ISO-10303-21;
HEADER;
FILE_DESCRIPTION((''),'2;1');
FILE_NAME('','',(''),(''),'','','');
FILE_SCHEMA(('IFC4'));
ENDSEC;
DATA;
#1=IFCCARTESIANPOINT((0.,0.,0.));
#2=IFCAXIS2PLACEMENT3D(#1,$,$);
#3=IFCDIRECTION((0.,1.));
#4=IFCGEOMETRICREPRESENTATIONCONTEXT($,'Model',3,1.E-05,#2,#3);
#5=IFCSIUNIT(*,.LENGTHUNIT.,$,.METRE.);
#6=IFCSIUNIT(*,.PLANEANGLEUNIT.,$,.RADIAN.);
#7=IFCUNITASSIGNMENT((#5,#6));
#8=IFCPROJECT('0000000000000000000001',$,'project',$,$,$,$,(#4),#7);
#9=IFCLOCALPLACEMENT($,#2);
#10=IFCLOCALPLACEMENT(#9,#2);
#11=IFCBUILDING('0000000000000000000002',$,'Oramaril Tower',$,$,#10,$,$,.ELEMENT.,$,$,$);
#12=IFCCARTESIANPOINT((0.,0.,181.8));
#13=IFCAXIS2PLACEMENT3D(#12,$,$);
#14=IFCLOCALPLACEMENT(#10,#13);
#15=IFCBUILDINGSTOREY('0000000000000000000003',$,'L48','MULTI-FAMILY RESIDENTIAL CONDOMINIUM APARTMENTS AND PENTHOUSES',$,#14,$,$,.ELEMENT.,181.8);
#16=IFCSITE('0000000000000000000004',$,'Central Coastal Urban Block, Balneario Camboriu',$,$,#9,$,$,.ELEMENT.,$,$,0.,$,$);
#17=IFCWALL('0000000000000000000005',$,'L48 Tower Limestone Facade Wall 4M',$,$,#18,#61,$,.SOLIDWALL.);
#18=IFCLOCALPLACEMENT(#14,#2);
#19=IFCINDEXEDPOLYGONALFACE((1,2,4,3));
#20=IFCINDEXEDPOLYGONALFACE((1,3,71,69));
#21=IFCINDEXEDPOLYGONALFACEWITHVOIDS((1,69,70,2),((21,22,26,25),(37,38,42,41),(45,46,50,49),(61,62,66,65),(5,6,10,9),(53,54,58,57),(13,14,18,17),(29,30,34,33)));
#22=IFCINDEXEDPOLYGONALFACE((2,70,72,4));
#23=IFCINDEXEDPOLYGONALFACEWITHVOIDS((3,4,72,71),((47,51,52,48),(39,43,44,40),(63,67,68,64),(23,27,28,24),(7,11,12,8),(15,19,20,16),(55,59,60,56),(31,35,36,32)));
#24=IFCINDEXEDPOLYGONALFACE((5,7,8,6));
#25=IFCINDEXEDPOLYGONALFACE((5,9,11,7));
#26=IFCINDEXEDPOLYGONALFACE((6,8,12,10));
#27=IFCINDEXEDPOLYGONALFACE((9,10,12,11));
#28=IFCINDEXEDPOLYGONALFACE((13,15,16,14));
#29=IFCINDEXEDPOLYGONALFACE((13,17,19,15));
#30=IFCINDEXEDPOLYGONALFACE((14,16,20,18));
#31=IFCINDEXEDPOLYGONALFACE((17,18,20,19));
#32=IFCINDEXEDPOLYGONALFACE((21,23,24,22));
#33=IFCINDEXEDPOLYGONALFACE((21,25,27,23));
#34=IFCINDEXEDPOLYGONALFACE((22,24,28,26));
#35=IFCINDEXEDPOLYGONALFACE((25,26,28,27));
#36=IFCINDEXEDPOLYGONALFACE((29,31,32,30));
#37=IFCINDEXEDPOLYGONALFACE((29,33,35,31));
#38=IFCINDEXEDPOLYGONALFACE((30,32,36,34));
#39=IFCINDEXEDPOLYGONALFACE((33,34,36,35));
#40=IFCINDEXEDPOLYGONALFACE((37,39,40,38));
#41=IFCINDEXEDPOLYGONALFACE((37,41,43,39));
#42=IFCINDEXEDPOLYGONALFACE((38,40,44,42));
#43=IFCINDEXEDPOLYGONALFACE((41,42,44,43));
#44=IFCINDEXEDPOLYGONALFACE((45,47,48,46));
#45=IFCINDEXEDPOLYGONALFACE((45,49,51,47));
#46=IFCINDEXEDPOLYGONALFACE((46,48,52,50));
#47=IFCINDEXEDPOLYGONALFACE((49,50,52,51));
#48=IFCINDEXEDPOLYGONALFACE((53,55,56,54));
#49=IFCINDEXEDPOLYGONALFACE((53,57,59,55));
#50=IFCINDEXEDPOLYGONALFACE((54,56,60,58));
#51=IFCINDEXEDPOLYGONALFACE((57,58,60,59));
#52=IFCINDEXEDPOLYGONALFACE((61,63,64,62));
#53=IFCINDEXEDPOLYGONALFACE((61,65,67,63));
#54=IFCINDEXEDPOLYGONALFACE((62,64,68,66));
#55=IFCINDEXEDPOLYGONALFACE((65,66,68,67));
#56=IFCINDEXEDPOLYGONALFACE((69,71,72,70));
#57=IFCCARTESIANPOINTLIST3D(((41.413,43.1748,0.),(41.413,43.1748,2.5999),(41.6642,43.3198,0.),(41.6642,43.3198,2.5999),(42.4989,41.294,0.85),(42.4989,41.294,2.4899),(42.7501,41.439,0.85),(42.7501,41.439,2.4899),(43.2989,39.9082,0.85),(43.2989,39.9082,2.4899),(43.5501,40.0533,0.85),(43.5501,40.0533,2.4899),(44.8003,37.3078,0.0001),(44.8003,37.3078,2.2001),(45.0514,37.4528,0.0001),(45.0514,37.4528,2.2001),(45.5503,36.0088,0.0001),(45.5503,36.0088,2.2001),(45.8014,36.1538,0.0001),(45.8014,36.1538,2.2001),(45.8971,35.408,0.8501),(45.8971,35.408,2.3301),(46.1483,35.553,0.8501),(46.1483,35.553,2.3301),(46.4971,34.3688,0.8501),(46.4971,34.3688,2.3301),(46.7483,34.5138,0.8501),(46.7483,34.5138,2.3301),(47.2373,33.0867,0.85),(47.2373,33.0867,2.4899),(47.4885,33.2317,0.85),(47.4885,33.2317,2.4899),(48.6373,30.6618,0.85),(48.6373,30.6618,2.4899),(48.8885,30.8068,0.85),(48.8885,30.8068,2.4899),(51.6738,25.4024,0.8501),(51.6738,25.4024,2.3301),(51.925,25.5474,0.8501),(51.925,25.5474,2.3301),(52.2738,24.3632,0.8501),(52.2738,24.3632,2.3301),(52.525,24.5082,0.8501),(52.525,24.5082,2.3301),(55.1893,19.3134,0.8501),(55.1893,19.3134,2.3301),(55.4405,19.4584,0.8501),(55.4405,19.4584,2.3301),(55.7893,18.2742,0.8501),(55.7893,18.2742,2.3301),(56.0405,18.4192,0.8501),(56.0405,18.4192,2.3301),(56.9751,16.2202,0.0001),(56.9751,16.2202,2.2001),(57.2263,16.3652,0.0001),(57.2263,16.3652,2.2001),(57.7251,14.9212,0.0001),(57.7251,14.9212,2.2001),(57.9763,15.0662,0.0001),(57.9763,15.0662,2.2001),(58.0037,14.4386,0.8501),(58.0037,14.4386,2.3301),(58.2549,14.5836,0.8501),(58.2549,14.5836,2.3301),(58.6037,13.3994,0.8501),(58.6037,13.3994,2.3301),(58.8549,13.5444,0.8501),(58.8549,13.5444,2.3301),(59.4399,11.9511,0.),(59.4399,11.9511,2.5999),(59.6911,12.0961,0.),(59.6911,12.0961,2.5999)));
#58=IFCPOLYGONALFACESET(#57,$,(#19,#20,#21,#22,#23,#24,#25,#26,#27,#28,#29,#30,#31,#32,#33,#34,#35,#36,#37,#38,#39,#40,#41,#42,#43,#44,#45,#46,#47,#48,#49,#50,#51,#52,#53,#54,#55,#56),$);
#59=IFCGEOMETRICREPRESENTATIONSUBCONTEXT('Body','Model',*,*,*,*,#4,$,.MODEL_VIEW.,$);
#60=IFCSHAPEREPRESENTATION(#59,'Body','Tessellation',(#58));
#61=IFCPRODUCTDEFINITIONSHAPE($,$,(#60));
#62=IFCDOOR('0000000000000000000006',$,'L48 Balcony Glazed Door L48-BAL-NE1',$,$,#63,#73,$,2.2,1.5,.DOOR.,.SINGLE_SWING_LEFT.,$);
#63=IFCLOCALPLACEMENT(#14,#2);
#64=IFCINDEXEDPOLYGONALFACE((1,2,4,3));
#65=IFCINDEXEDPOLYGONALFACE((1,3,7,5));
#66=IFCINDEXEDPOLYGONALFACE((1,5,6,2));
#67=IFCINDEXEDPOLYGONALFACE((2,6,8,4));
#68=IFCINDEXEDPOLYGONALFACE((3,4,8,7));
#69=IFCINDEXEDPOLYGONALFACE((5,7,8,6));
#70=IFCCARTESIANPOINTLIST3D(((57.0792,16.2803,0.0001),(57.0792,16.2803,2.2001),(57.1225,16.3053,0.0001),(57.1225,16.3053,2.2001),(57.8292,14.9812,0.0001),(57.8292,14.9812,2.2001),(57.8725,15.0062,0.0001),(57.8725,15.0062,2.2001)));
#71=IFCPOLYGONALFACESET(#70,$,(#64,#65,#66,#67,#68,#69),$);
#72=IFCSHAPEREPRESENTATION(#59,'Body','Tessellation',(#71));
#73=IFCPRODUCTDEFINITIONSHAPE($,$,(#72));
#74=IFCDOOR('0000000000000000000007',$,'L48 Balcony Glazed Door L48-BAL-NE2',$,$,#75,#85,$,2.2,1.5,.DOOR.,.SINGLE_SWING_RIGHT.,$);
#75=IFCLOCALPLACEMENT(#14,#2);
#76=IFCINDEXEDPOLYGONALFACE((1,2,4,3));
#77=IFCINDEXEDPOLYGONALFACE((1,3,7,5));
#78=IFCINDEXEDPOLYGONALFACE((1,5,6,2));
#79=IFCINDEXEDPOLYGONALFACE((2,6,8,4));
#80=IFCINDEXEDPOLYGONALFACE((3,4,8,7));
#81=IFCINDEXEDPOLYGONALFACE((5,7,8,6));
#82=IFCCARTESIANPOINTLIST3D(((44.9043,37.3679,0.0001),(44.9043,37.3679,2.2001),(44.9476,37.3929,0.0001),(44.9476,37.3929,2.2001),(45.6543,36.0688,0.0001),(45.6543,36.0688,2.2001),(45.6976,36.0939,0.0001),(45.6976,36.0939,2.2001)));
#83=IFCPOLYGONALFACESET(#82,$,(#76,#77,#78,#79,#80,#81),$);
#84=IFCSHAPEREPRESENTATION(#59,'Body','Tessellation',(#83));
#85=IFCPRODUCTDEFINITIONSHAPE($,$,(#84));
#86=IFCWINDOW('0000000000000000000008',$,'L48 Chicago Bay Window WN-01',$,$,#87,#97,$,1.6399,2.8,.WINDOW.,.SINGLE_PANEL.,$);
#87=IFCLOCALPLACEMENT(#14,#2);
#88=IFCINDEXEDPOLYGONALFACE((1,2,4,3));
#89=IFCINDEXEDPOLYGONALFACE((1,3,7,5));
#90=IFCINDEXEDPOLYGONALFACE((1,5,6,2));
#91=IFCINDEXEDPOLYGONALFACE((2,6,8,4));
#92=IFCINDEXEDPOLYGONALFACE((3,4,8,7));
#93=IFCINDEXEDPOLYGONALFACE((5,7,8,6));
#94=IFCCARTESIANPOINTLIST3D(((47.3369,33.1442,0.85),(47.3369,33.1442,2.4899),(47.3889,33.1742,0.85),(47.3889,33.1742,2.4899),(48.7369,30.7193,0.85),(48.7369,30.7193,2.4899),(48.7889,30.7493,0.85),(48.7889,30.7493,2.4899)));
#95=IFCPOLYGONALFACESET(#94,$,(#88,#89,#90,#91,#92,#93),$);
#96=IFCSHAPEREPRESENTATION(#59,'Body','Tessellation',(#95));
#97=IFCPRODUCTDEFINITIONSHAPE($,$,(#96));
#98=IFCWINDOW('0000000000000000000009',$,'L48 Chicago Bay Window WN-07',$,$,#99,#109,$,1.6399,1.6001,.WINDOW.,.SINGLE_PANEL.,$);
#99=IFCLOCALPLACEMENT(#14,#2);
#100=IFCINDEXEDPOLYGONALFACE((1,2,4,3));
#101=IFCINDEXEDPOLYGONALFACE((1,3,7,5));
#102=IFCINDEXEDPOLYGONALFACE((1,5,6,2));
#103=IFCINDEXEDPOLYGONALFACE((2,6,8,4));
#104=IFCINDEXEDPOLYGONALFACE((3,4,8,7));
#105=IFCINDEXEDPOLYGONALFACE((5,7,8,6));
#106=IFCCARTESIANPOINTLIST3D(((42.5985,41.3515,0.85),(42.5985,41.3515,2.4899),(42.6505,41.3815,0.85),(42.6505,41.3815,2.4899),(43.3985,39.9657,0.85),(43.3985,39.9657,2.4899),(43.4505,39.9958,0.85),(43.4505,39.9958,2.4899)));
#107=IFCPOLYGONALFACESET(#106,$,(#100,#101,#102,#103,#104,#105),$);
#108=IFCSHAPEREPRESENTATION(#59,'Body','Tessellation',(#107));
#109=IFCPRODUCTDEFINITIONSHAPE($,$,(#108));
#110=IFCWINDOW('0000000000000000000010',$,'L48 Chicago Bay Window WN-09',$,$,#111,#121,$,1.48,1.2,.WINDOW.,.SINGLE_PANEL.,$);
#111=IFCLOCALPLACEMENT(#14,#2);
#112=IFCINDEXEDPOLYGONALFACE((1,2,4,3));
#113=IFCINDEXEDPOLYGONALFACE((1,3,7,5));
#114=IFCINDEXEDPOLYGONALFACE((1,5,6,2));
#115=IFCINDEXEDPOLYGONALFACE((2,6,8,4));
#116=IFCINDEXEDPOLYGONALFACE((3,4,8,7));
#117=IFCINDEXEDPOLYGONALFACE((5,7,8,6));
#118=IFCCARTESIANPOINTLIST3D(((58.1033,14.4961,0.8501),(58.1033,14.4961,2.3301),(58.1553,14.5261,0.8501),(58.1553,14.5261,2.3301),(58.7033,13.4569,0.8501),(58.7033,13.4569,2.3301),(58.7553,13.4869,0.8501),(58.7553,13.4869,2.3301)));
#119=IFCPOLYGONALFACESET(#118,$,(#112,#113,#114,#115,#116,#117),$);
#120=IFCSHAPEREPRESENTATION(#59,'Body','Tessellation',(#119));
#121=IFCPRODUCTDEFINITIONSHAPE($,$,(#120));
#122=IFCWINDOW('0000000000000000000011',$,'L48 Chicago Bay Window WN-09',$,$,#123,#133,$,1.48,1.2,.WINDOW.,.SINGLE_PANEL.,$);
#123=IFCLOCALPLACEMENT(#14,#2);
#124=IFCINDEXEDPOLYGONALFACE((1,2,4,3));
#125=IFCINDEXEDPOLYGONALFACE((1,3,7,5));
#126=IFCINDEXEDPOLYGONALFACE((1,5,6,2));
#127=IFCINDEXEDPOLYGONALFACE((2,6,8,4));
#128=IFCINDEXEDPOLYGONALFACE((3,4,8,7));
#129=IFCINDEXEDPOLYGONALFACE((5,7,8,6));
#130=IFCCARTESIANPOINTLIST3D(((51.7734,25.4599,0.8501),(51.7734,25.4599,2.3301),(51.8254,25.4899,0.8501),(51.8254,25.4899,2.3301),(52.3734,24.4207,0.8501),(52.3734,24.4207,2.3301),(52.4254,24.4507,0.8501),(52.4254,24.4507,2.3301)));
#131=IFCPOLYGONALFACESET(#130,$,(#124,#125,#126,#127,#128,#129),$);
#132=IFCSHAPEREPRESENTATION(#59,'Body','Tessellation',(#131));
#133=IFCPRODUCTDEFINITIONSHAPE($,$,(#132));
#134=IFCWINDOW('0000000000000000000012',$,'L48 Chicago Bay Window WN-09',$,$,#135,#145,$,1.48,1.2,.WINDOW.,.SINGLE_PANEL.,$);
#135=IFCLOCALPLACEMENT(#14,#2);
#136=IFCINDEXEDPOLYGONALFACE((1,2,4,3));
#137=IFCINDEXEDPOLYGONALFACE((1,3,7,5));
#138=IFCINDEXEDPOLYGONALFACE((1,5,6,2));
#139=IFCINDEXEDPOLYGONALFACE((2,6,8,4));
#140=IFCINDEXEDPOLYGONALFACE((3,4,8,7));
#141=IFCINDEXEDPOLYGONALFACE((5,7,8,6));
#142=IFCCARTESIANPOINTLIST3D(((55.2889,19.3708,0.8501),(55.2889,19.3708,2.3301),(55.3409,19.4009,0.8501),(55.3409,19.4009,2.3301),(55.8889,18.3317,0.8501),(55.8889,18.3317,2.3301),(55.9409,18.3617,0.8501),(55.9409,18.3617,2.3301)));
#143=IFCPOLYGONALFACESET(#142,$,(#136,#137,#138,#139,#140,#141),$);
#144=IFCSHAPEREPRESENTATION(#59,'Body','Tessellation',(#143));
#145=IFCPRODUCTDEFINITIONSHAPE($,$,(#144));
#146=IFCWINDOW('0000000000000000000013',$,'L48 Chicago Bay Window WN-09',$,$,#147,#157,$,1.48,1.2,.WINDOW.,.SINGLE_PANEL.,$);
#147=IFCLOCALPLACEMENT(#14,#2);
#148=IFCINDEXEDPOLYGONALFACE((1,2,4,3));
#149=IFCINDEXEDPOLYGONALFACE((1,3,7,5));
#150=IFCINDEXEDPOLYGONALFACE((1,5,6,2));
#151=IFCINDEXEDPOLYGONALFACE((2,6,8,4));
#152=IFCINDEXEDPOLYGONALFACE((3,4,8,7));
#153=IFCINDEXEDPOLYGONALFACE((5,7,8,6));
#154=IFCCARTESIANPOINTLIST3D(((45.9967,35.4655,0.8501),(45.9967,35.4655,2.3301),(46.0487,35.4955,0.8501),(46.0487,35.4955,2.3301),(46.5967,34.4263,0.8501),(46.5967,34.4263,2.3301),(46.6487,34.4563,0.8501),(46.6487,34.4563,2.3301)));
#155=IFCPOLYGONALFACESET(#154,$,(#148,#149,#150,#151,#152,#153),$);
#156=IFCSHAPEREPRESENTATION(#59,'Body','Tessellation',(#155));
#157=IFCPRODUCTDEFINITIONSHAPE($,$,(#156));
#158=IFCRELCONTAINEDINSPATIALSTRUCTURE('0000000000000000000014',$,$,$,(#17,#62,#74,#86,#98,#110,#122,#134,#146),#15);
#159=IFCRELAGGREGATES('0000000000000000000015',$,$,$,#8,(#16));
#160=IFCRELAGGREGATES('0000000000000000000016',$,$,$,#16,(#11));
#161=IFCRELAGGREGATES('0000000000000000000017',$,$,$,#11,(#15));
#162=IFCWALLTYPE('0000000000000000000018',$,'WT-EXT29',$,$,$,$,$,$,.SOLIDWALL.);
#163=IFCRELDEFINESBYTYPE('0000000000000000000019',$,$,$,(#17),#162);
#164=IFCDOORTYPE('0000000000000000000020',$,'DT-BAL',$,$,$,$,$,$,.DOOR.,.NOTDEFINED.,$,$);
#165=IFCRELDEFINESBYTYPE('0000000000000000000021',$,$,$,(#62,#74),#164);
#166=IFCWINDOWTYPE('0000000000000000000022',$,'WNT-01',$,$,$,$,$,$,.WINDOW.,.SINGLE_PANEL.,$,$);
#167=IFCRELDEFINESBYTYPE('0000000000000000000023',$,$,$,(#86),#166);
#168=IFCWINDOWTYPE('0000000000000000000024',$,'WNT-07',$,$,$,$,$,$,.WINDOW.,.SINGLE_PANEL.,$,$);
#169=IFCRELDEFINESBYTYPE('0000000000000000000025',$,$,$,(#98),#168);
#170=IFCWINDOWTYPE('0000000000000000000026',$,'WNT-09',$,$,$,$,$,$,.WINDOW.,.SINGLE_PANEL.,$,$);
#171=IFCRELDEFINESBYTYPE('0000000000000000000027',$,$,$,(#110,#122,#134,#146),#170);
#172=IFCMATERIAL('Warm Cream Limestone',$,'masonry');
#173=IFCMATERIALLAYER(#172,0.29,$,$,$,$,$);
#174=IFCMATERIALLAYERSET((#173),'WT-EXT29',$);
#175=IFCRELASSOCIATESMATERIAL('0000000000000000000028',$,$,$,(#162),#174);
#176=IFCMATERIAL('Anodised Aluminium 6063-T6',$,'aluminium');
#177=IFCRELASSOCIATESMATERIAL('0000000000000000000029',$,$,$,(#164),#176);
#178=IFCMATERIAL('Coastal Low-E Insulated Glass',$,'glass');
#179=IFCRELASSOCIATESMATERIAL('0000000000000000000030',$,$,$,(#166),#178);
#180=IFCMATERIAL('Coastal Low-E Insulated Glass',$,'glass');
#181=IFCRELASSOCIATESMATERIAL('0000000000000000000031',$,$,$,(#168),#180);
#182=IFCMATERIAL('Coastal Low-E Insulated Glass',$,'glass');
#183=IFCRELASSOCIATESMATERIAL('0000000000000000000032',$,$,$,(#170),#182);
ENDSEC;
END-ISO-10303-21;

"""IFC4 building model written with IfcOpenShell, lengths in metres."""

from ifc_helpers import new_model, si_unit, direction, frame, frame_2d, origin, place, context, subcontext, project, spatial, rectangle, extrude, material, layer, layer_set, type_object, element, fill, save


model = new_model("IFC4")

# Units and contexts
model_context = context("Model", 3, precision=1e-05, world=origin(), true_north=direction((0.0, 1.0)))
body_context = subcontext(model_context, "Body", "Model", "MODEL_VIEW")
ifc_project = project(units=[si_unit("LENGTHUNIT", "METRE"), si_unit("PLANEANGLEUNIT", "RADIAN")], contexts=[model_context])

# Site, building, storey
site_placement = place(None, origin())
site = spatial("IfcSite", under=ifc_project, at=site_placement, Name="Central Coastal Urban Block, Balneario Camboriu", CompositionType="ELEMENT", RefElevation=0.0)
building_placement = place(site_placement, origin())
building = spatial("IfcBuilding", under=site, at=building_placement, Name="Oramaril Tower", CompositionType="ELEMENT")
storey_placement = place(building_placement, frame((0.0, 0.0, 181.8)))
storey = spatial("IfcBuildingStorey", under=building, at=storey_placement, Name="L48", Description="MULTI-FAMILY RESIDENTIAL CONDOMINIUM APARTMENTS AND PENTHOUSES", CompositionType="ELEMENT", Elevation=181.8)

# Wall, openings, doors, windows
ifc_material_1 = material(Name="Warm Cream Limestone", Category="masonry")
ifc_layer_1 = layer(ifc_material_1, 0.29)
ifc_layer_set_1 = layer_set([ifc_layer_1], Name="WT-EXT29")
wall_type_1 = type_object("IfcWallType", Name="WT-EXT29", PredefinedType="SOLIDWALL", material=ifc_layer_set_1)
wall_1_placement = place(storey_placement, frame((59.5654, 12.0237, 0.0), z_axis=(0.0, 0.0, 1.0), x_axis=(-0.499998, 0.866027, 0.0)))
wall_1 = element("IfcWall", 1, at=wall_1_placement, inside=storey, type_object=wall_type_1, Name="L48 Tower Limestone Facade Wall 4M", PredefinedType="SOLIDWALL", context=body_context, shape_type="SweptSolid", body=[
    extrude(rectangle(XDim=36.054, YDim=0.29, at=frame_2d((18.0269, 0.0))), origin(), (0.0, 0.0, 1.0), 2.5999),
])
opening_1_placement = place(wall_1_placement, frame((3.4294, 0.0, 0.0)))
opening_1 = element("IfcOpeningElement", 2, at=opening_1_placement, cuts=wall_1, PredefinedType="OPENING", context=body_context, shape_type="SweptSolid", body=[
    extrude(rectangle(XDim=1.5, YDim=2.2, at=frame_2d((0.75, 1.1001))), frame((0.0, 0.145, 0.0), z_axis=(0.0, -1.0, 0.0), x_axis=(1.0, 0.0, 0.0)), (0.0, 0.0, 1.0), 0.29),
])
opening_2_placement = place(wall_1_placement, frame((27.7793, 0.0, 0.0)))
opening_2 = element("IfcOpeningElement", 3, at=opening_2_placement, cuts=wall_1, PredefinedType="OPENING", context=body_context, shape_type="SweptSolid", body=[
    extrude(rectangle(XDim=1.5, YDim=2.2, at=frame_2d((0.75, 1.1001))), frame((0.0, 0.145, 0.0), z_axis=(0.0, -1.0, 0.0), x_axis=(1.0, 0.0, 0.0)), (0.0, 0.0, 1.0), 0.29),
])
opening_3_placement = place(wall_1_placement, frame((1.6721, 0.0, 0.8501)))
opening_3 = element("IfcOpeningElement", 4, at=opening_3_placement, cuts=wall_1, PredefinedType="OPENING", context=body_context, shape_type="SweptSolid", body=[
    extrude(rectangle(XDim=1.2, YDim=1.48, at=frame_2d((0.6001, 0.74))), frame((0.0, 0.145, 0.0), z_axis=(0.0, -1.0, 0.0), x_axis=(1.0, 0.0, 0.0)), (0.0, 0.0, 1.0), 0.29),
])
opening_4_placement = place(wall_1_placement, frame((14.332, 0.0, 0.8501)))
opening_4 = element("IfcOpeningElement", 5, at=opening_4_placement, cuts=wall_1, PredefinedType="OPENING", context=body_context, shape_type="SweptSolid", body=[
    extrude(rectangle(XDim=1.2, YDim=1.48, at=frame_2d((0.6001, 0.74))), frame((0.0, 0.145, 0.0), z_axis=(0.0, -1.0, 0.0), x_axis=(1.0, 0.0, 0.0)), (0.0, 0.0, 1.0), 0.29),
])
opening_5_placement = place(wall_1_placement, frame((21.6052, 0.0, 0.8501)))
opening_5 = element("IfcOpeningElement", 6, at=opening_5_placement, cuts=wall_1, PredefinedType="OPENING", context=body_context, shape_type="SweptSolid", body=[
    extrude(rectangle(XDim=2.8, YDim=1.6399, at=frame_2d((1.3999, 0.8198))), frame((0.0, 0.145, 0.0), z_axis=(0.0, -1.0, 0.0), x_axis=(1.0, 0.0, 0.0)), (0.0, 0.0, 1.0), 0.29),
])
opening_6_placement = place(wall_1_placement, frame((7.301, 0.0, 0.8501)))
opening_6 = element("IfcOpeningElement", 7, at=opening_6_placement, cuts=wall_1, PredefinedType="OPENING", context=body_context, shape_type="SweptSolid", body=[
    extrude(rectangle(XDim=1.2, YDim=1.48, at=frame_2d((0.6001, 0.74))), frame((0.0, 0.145, 0.0), z_axis=(0.0, -1.0, 0.0), x_axis=(1.0, 0.0, 0.0)), (0.0, 0.0, 1.0), 0.29),
])
opening_7_placement = place(wall_1_placement, frame((25.8855, 0.0, 0.8501)))
opening_7 = element("IfcOpeningElement", 8, at=opening_7_placement, cuts=wall_1, PredefinedType="OPENING", context=body_context, shape_type="SweptSolid", body=[
    extrude(rectangle(XDim=1.2, YDim=1.48, at=frame_2d((0.6001, 0.74))), frame((0.0, 0.145, 0.0), z_axis=(0.0, -1.0, 0.0), x_axis=(1.0, 0.0, 0.0)), (0.0, 0.0, 1.0), 0.29),
])
opening_8_placement = place(wall_1_placement, frame((32.282, 0.0, 0.8501)))
opening_8 = element("IfcOpeningElement", 9, at=opening_8_placement, cuts=wall_1, PredefinedType="OPENING", context=body_context, shape_type="SweptSolid", body=[
    extrude(rectangle(XDim=1.6001, YDim=1.6399, at=frame_2d((0.8, 0.8198))), frame((0.0, 0.145, 0.0), z_axis=(0.0, -1.0, 0.0), x_axis=(1.0, 0.0, 0.0)), (0.0, 0.0, 1.0), 0.29),
])
ifc_material_2 = material(Name="Anodised Aluminium 6063-T6", Category="aluminium")
door_type = type_object("IfcDoorType", Name="DT-BAL", OperationType="NOTDEFINED", PredefinedType="DOOR", material=ifc_material_2)
door_1_placement = place(opening_1_placement, origin())
door_1 = element("IfcDoor", 10, at=door_1_placement, inside=storey, type_object=door_type, Name="L48 Balcony Glazed Door L48-BAL-NE1", OperationType="SINGLE_SWING_LEFT", OverallHeight=2.2, OverallWidth=1.5, PredefinedType="DOOR", context=body_context, shape_type="SweptSolid", body=[
    extrude(rectangle(XDim=1.5, YDim=2.2, at=frame_2d((0.75, 1.1001))), frame((0.0, 0.0249, 0.0), z_axis=(0.0, -1.0, 0.0), x_axis=(1.0, 0.0, 0.0)), (0.0, 0.0, 1.0), 0.05),
])
fill(opening_1, door_1)
door_2_placement = place(opening_2_placement, origin())
door_2 = element("IfcDoor", 11, at=door_2_placement, inside=storey, type_object=door_type, Name="L48 Balcony Glazed Door L48-BAL-NE2", OperationType="SINGLE_SWING_RIGHT", OverallHeight=2.2, OverallWidth=1.5, PredefinedType="DOOR", context=body_context, shape_type="SweptSolid", body=[
    extrude(rectangle(XDim=1.5, YDim=2.2, at=frame_2d((0.75, 1.1001))), frame((0.0, 0.0249, 0.0), z_axis=(0.0, -1.0, 0.0), x_axis=(1.0, 0.0, 0.0)), (0.0, 0.0, 1.0), 0.05),
])
fill(opening_2, door_2)
ifc_material_3 = material(Name="Coastal Low-E Insulated Glass", Category="glass")
window_type_1 = type_object("IfcWindowType", Name="WNT-01", PartitioningType="SINGLE_PANEL", PredefinedType="WINDOW", material=ifc_material_3)
window_1_placement = place(opening_5_placement, origin())
window_1 = element("IfcWindow", 12, at=window_1_placement, inside=storey, type_object=window_type_1, Name="L48 Chicago Bay Window WN-01", OverallHeight=1.6399, OverallWidth=2.8, PartitioningType="SINGLE_PANEL", PredefinedType="WINDOW", context=body_context, shape_type="SweptSolid", body=[
    extrude(rectangle(XDim=2.8, YDim=1.6399, at=frame_2d((1.3999, 0.8198))), frame((0.0, 0.03, 0.0), z_axis=(0.0, -1.0, 0.0), x_axis=(1.0, 0.0, 0.0)), (0.0, 0.0, 1.0), 0.0601),
])
fill(opening_5, window_1)
ifc_material_4 = material(Name="Coastal Low-E Insulated Glass", Category="glass")
window_type_2 = type_object("IfcWindowType", Name="WNT-07", PartitioningType="SINGLE_PANEL", PredefinedType="WINDOW", material=ifc_material_4)
window_2_placement = place(opening_8_placement, origin())
window_2 = element("IfcWindow", 13, at=window_2_placement, inside=storey, type_object=window_type_2, Name="L48 Chicago Bay Window WN-07", OverallHeight=1.6399, OverallWidth=1.6001, PartitioningType="SINGLE_PANEL", PredefinedType="WINDOW", context=body_context, shape_type="SweptSolid", body=[
    extrude(rectangle(XDim=1.6001, YDim=1.6399, at=frame_2d((0.8, 0.8198))), frame((0.0, 0.03, 0.0), z_axis=(0.0, -1.0, 0.0), x_axis=(1.0, 0.0, 0.0)), (0.0, 0.0, 1.0), 0.0601),
])
fill(opening_8, window_2)
ifc_material_5 = material(Name="Coastal Low-E Insulated Glass", Category="glass")
window_type_3 = type_object("IfcWindowType", Name="WNT-09", PartitioningType="SINGLE_PANEL", PredefinedType="WINDOW", material=ifc_material_5)
window_3_placement = place(opening_3_placement, origin())
window_3 = element("IfcWindow", 14, at=window_3_placement, inside=storey, type_object=window_type_3, Name="L48 Chicago Bay Window WN-09", OverallHeight=1.48, OverallWidth=1.2, PartitioningType="SINGLE_PANEL", PredefinedType="WINDOW", context=body_context, shape_type="SweptSolid", body=[
    extrude(rectangle(XDim=1.2, YDim=1.48, at=frame_2d((0.6001, 0.74))), frame((0.0, 0.03, 0.0), z_axis=(0.0, -1.0, 0.0), x_axis=(1.0, 0.0, 0.0)), (0.0, 0.0, 1.0), 0.0601),
])
fill(opening_3, window_3)
window_4_placement = place(opening_4_placement, origin())
window_4 = element("IfcWindow", 15, at=window_4_placement, inside=storey, type_object=window_type_3, Name="L48 Chicago Bay Window WN-09", OverallHeight=1.48, OverallWidth=1.2, PartitioningType="SINGLE_PANEL", PredefinedType="WINDOW", context=body_context, shape_type="SweptSolid", body=[
    extrude(rectangle(XDim=1.2, YDim=1.48, at=frame_2d((0.6001, 0.74))), frame((0.0, 0.03, 0.0), z_axis=(0.0, -1.0, 0.0), x_axis=(1.0, 0.0, 0.0)), (0.0, 0.0, 1.0), 0.0601),
])
fill(opening_4, window_4)
window_5_placement = place(opening_6_placement, origin())
window_5 = element("IfcWindow", 16, at=window_5_placement, inside=storey, type_object=window_type_3, Name="L48 Chicago Bay Window WN-09", OverallHeight=1.48, OverallWidth=1.2, PartitioningType="SINGLE_PANEL", PredefinedType="WINDOW", context=body_context, shape_type="SweptSolid", body=[
    extrude(rectangle(XDim=1.2, YDim=1.48, at=frame_2d((0.6001, 0.74))), frame((0.0, 0.03, 0.0), z_axis=(0.0, -1.0, 0.0), x_axis=(1.0, 0.0, 0.0)), (0.0, 0.0, 1.0), 0.0601),
])
fill(opening_6, window_5)
window_6_placement = place(opening_7_placement, origin())
window_6 = element("IfcWindow", 17, at=window_6_placement, inside=storey, type_object=window_type_3, Name="L48 Chicago Bay Window WN-09", OverallHeight=1.48, OverallWidth=1.2, PartitioningType="SINGLE_PANEL", PredefinedType="WINDOW", context=body_context, shape_type="SweptSolid", body=[
    extrude(rectangle(XDim=1.2, YDim=1.48, at=frame_2d((0.6001, 0.74))), frame((0.0, 0.03, 0.0), z_axis=(0.0, -1.0, 0.0), x_axis=(1.0, 0.0, 0.0)), (0.0, 0.0, 1.0), 0.0601),
])
fill(opening_7, window_6)

save(model, "model.ifc")
